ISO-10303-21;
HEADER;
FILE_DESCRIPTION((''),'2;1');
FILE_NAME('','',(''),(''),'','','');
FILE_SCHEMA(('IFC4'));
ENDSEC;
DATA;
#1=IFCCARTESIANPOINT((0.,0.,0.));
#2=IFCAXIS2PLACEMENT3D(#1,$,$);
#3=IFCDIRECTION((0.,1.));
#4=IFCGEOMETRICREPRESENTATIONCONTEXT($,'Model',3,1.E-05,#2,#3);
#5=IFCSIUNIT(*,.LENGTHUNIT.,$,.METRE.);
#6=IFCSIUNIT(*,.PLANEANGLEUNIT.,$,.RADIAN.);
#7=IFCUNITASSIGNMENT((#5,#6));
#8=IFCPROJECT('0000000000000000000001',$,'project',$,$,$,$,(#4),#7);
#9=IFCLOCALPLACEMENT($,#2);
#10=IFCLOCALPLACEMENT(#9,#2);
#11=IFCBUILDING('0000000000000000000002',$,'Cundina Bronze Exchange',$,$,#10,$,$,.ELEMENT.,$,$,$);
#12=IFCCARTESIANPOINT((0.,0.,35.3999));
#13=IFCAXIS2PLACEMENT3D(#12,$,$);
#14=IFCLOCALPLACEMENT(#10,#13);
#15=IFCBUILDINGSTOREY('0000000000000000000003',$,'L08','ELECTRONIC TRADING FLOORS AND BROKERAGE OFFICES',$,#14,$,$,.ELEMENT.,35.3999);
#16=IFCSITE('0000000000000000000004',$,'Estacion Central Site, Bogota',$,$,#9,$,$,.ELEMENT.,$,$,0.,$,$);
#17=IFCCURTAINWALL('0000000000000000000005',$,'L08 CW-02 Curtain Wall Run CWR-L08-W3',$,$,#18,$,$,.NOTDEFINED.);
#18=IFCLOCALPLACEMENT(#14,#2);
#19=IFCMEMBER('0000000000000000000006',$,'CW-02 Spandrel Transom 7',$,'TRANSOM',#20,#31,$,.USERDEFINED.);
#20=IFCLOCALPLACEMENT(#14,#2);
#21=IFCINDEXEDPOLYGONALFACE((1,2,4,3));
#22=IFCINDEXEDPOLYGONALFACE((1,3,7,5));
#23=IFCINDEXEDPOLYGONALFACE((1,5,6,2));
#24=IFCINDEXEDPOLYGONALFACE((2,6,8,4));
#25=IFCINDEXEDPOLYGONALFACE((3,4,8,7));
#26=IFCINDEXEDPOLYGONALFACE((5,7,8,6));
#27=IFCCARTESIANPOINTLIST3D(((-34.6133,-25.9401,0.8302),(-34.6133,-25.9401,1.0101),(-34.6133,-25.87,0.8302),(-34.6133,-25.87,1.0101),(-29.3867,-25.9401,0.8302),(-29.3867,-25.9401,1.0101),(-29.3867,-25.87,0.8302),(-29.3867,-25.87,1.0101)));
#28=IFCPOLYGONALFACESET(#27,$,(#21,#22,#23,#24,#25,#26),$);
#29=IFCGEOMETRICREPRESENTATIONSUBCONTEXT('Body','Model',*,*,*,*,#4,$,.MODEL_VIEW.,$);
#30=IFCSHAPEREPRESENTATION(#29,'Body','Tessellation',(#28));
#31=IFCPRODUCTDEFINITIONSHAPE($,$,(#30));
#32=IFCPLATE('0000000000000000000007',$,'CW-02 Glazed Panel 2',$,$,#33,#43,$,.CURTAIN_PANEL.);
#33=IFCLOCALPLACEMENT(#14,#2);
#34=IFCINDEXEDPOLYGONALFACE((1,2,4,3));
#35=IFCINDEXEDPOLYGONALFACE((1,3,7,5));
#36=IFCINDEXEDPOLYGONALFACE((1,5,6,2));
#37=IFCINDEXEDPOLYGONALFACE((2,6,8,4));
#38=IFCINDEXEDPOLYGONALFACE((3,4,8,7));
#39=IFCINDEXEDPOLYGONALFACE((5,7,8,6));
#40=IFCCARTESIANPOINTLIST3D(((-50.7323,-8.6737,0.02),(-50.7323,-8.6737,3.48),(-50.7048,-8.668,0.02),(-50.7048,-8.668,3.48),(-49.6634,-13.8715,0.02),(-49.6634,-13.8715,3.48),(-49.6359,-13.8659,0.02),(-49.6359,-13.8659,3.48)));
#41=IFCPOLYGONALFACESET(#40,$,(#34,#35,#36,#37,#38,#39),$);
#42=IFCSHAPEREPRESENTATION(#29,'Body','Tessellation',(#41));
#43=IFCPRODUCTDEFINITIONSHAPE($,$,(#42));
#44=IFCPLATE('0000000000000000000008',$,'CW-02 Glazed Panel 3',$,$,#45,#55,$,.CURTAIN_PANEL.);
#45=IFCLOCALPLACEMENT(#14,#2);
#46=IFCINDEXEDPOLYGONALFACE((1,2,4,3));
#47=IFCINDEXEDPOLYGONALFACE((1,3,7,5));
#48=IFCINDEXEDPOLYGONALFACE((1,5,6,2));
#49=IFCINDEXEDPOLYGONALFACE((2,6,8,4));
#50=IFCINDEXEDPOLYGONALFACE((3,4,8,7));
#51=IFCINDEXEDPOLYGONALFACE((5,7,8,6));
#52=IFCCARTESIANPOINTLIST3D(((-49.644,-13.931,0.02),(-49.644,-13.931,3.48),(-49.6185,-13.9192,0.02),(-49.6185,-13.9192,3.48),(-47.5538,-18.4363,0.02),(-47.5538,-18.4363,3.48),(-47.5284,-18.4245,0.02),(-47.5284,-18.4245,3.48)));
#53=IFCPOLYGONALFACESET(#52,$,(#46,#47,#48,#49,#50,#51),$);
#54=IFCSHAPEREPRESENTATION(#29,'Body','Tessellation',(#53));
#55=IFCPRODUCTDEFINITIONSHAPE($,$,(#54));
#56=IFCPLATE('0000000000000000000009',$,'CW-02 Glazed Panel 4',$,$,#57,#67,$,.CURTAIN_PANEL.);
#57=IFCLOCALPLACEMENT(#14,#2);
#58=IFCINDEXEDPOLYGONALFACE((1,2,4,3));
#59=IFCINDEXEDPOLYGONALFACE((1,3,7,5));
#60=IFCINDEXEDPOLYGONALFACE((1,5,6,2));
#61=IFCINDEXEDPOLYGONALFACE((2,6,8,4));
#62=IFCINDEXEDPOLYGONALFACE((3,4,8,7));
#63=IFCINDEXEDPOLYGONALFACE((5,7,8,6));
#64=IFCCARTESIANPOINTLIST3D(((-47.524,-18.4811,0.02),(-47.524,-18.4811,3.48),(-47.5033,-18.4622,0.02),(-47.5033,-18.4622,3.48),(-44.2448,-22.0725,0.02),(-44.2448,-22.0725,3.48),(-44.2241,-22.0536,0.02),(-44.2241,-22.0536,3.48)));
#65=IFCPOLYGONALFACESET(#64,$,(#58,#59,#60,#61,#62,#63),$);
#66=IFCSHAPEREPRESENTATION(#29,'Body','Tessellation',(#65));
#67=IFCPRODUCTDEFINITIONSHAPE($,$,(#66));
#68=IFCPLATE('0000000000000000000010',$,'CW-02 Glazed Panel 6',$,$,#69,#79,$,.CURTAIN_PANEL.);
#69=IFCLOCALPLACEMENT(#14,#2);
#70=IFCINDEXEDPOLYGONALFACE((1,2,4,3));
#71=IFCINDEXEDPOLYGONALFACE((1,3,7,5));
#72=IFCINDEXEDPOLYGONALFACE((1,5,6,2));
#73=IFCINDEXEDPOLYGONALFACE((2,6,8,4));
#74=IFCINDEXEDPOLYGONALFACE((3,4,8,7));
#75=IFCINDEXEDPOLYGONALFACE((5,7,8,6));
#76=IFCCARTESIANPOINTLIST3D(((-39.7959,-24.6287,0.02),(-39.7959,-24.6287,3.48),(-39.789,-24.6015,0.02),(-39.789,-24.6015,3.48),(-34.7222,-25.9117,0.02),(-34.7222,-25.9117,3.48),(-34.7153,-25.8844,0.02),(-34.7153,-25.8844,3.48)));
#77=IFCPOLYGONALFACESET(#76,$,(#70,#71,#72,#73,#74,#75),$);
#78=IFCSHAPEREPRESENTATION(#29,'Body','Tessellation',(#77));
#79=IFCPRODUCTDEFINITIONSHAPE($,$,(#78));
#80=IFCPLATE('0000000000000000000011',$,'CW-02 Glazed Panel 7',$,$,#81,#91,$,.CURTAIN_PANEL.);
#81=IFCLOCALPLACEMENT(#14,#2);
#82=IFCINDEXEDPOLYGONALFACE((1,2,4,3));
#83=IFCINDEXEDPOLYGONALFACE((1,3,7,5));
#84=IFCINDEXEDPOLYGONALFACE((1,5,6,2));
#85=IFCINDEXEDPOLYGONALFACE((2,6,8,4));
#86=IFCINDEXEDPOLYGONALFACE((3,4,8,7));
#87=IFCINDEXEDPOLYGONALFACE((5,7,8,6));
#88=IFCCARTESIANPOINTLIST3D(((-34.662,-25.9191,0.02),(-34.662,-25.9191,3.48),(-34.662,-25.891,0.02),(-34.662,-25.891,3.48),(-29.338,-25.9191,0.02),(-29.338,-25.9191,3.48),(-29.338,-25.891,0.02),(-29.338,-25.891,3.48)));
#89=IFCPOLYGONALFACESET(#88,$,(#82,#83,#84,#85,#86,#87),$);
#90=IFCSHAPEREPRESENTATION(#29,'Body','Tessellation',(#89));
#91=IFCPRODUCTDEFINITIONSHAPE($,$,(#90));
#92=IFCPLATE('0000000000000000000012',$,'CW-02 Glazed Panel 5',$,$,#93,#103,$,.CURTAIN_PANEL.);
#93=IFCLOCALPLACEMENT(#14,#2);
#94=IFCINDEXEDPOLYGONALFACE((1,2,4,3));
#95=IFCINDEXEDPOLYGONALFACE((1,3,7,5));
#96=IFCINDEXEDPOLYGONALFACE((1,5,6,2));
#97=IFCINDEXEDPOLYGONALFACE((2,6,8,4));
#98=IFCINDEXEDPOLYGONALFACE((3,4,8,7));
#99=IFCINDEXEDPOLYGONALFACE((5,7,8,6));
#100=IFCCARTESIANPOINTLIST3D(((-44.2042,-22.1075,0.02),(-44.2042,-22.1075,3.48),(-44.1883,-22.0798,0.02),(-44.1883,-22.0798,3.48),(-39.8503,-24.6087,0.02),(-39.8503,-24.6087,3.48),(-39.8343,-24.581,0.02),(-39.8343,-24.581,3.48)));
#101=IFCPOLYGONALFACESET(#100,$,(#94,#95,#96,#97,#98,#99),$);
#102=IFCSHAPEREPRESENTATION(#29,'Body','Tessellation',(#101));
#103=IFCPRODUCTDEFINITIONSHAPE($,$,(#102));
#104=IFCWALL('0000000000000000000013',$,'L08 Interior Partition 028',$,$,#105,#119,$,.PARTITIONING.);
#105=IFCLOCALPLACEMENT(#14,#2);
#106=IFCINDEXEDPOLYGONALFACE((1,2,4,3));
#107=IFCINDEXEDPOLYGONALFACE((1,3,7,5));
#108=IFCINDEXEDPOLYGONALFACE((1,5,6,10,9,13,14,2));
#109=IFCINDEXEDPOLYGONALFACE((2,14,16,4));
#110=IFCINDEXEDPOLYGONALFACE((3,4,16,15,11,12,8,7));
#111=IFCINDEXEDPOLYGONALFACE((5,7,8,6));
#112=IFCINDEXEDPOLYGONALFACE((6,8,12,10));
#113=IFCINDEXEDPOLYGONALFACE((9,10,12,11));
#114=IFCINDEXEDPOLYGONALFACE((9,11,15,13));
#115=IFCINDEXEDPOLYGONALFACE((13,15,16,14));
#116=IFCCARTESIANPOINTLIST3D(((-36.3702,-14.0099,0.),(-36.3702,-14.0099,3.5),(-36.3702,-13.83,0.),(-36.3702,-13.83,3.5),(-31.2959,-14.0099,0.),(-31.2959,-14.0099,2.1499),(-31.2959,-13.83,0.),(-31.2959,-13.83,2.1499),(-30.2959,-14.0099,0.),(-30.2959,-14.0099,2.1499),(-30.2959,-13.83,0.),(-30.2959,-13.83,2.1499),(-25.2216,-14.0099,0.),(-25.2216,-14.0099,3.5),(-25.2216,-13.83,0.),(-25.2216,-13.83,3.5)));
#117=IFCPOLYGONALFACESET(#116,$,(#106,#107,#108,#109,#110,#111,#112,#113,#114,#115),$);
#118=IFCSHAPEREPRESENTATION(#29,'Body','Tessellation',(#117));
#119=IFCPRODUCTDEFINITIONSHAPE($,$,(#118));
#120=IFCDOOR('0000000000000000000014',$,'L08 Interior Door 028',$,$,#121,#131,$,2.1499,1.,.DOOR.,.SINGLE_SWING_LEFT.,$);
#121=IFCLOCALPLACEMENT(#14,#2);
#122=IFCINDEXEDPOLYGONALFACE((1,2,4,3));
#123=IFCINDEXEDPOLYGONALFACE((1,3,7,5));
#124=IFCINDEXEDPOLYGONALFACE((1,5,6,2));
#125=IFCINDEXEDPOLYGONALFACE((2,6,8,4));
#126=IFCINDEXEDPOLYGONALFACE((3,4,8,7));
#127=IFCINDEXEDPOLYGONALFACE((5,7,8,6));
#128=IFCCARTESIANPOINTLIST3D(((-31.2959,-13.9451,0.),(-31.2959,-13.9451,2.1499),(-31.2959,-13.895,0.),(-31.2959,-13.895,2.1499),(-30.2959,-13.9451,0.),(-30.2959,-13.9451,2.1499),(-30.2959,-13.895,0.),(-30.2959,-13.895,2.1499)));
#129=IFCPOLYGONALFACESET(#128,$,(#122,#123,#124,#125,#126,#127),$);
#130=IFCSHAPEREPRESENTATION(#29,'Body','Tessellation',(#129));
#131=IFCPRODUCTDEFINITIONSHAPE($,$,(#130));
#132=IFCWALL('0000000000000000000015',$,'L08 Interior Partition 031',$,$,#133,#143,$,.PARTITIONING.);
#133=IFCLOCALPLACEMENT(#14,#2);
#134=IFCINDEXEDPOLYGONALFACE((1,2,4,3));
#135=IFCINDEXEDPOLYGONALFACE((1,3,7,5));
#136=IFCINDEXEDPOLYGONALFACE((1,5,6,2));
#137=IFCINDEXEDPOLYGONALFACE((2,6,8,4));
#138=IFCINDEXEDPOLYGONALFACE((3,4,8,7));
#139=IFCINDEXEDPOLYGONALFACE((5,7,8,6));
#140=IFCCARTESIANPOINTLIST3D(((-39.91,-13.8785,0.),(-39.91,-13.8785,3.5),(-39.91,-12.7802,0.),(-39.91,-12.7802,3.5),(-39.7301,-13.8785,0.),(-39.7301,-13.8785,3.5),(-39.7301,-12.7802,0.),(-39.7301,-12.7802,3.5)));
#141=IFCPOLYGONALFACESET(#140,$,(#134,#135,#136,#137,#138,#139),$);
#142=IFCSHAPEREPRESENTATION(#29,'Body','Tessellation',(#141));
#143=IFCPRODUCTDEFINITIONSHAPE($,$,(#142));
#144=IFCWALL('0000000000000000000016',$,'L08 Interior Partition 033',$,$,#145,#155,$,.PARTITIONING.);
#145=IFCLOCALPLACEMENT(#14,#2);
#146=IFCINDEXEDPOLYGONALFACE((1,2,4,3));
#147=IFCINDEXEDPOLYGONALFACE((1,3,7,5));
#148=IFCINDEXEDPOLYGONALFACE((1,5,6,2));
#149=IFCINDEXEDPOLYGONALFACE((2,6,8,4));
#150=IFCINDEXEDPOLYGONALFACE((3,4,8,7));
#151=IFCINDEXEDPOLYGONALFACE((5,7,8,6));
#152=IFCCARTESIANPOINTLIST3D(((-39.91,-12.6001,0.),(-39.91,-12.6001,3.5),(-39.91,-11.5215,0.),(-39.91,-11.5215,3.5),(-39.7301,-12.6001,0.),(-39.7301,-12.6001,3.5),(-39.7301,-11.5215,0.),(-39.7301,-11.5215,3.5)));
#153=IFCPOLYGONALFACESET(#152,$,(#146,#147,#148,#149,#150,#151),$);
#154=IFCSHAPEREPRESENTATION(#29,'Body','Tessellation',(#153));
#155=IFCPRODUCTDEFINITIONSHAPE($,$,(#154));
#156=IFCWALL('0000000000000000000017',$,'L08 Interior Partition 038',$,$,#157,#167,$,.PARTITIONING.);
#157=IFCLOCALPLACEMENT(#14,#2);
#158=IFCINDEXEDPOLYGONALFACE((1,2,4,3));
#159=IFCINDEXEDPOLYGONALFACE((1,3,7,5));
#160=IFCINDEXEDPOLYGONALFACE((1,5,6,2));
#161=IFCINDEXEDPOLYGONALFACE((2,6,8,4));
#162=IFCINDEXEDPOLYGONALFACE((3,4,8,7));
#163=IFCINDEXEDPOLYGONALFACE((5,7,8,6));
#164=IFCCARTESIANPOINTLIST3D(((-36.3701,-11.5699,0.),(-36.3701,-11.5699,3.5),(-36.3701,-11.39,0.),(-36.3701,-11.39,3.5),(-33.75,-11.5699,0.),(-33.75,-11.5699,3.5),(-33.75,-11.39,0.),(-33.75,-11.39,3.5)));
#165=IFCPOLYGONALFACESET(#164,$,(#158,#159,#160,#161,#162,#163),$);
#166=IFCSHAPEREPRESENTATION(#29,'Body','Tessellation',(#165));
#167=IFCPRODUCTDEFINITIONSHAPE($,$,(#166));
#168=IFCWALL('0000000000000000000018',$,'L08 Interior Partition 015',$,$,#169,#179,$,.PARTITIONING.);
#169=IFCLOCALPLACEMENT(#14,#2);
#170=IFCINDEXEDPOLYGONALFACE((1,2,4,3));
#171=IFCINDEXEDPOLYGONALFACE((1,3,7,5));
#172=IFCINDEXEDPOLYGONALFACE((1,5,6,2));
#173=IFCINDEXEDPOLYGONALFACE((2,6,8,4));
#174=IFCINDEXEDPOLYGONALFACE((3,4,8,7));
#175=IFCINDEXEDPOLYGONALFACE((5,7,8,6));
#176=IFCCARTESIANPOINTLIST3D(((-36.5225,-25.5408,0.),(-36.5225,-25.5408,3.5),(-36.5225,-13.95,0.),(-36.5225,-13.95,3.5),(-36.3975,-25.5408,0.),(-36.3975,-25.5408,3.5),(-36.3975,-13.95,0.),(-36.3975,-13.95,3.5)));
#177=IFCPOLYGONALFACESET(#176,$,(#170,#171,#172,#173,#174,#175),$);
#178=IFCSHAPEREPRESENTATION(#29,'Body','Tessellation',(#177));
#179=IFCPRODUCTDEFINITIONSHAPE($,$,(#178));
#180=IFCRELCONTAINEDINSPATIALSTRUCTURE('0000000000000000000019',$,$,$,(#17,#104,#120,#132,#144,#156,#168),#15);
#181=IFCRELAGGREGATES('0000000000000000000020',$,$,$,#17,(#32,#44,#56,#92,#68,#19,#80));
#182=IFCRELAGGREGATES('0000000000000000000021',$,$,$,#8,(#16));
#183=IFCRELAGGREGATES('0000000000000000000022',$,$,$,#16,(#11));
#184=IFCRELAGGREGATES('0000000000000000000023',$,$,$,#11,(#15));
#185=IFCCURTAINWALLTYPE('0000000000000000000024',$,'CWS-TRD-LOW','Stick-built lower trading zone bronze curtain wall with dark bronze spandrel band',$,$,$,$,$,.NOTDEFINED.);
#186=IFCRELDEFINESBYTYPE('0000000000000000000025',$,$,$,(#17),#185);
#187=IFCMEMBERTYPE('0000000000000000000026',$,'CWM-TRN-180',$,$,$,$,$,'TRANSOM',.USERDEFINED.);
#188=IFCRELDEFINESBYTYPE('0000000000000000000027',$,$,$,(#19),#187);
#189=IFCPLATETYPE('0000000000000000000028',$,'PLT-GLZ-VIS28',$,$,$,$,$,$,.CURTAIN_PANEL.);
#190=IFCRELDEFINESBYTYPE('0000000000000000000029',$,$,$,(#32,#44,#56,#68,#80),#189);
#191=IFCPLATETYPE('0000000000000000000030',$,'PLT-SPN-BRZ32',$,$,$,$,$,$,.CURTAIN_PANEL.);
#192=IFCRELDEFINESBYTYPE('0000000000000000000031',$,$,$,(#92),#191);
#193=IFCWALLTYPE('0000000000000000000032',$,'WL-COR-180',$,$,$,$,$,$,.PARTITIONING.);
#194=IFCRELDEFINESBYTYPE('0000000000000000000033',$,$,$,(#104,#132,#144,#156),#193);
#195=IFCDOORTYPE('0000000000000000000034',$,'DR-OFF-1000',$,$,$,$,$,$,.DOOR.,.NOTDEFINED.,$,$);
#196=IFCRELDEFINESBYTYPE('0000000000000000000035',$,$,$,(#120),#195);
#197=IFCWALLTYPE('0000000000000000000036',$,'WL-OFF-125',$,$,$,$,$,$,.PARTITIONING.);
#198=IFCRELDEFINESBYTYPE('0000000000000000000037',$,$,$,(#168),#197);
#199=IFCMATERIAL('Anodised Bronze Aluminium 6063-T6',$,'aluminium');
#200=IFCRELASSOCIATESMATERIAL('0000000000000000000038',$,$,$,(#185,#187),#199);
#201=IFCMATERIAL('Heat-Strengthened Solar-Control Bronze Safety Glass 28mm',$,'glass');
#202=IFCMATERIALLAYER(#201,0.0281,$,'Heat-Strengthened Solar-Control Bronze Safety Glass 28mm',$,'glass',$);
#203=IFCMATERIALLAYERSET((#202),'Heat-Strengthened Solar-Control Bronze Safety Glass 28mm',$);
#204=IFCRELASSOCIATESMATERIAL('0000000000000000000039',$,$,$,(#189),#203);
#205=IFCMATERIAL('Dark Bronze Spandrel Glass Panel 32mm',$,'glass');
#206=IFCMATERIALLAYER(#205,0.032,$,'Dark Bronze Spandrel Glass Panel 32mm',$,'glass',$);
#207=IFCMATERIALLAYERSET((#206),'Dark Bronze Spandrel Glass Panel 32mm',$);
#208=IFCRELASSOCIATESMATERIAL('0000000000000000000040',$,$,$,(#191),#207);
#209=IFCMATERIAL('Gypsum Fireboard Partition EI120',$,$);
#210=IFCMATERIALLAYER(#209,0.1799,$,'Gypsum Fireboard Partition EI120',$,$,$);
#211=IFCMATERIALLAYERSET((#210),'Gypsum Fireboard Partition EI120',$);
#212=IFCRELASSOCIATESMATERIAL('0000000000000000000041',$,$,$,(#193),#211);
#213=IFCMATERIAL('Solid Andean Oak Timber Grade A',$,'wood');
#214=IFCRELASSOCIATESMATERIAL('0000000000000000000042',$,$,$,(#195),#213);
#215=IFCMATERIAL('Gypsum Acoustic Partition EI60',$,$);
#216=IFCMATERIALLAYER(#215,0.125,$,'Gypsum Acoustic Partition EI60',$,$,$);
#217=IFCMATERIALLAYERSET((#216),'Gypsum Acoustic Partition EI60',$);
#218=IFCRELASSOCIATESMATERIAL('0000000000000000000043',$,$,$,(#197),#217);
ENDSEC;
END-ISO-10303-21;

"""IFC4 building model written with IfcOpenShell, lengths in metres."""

from ifc_helpers import new_model, si_unit, direction, frame, frame_2d, origin, origin_2d, place, context, subcontext, project, spatial, rectangle, extrude, material, layer, layer_set, material_profile, profile_set, type_object, element, fill, aggregate, save


model = new_model("IFC4")

# Units and contexts
model_context = context("Model", 3, precision=1e-05, world=origin(), true_north=direction((0.0, 1.0)))
body_context = subcontext(model_context, "Body", "Model", "MODEL_VIEW")
ifc_project = project(units=[si_unit("LENGTHUNIT", "METRE"), si_unit("PLANEANGLEUNIT", "RADIAN")], contexts=[model_context])

# Site, building, storey
site_placement = place(None, origin())
site = spatial("IfcSite", under=ifc_project, at=site_placement, Name="Estacion Central Site, Bogota", CompositionType="ELEMENT", RefElevation=0.0)
building_placement = place(site_placement, origin())
building = spatial("IfcBuilding", under=site, at=building_placement, Name="Cundina Bronze Exchange", CompositionType="ELEMENT")
storey_placement = place(building_placement, frame((0.0, 0.0, 35.3999)))
storey = spatial("IfcBuildingStorey", under=building, at=storey_placement, Name="L08", Description="ELECTRONIC TRADING FLOORS AND BROKERAGE OFFICES", CompositionType="ELEMENT", Elevation=35.3999)

# Curtain wall, member, plates
ifc_material_1 = material(Name="Anodised Bronze Aluminium 6063-T6", Category="aluminium")
curtain_wall_type = type_object("IfcCurtainWallType", Name="CWS-TRD-LOW", Description="Stick-built lower trading zone bronze curtain wall with dark bronze spandrel band", PredefinedType="NOTDEFINED", material=ifc_material_1)
curtain_wall_placement = place(storey_placement, origin())
curtain_wall = element("IfcCurtainWall", 1, at=curtain_wall_placement, inside=storey, type_object=curtain_wall_type, Name="L08 CW-02 Curtain Wall Run CWR-L08-W3", PredefinedType="NOTDEFINED")
ifc_material_profile_1 = material_profile(ifc_material_1, rectangle(XDim=0.0701, YDim=0.1799, at=origin_2d()), Name="AL70X180", Category="aluminium")
ifc_profile_set_1 = profile_set([ifc_material_profile_1], Name="Anodised Bronze Aluminium 6063-T6")
member_type_1 = type_object("IfcMemberType", Name="CWM-TRN-180", ElementType="TRANSOM", PredefinedType="USERDEFINED", material=ifc_profile_set_1)
member_1_placement = place(storey_placement, frame((-34.6133, -25.905, 0.9202), z_axis=(1.0, 0.0, 0.0), x_axis=(0.0, 1.0, 0.0)))
member_1 = element("IfcMember", 2, at=member_1_placement, type_object=member_type_1, Name="CW-02 Spandrel Transom 7", ObjectType="TRANSOM", PredefinedType="USERDEFINED", context=body_context, shape_type="SweptSolid", body=[
    extrude(rectangle(XDim=0.0701, YDim=0.1799, at=origin_2d()), origin(), (0.0, 0.0, 1.0), 5.2266),
])
ifc_material_2 = material(Name="Heat-Strengthened Solar-Control Bronze Safety Glass 28mm", Category="glass")
ifc_layer_1 = layer(ifc_material_2, 0.0281, Name="Heat-Strengthened Solar-Control Bronze Safety Glass 28mm", Category="glass")
ifc_layer_set_1 = layer_set([ifc_layer_1], Name="Heat-Strengthened Solar-Control Bronze Safety Glass 28mm")
plate_type_1 = type_object("IfcPlateType", Name="PLT-GLZ-VIS28", PredefinedType="CURTAIN_PANEL", material=ifc_layer_set_1)
plate_1_placement = place(storey_placement, frame((-50.1841, -11.2698, 0.02), z_axis=(0.0, 0.0, 1.0), x_axis=(0.20142, -0.979505, 0.0)))
plate_1 = element("IfcPlate", 3, at=plate_1_placement, type_object=plate_type_1, Name="CW-02 Glazed Panel 2", PredefinedType="CURTAIN_PANEL", context=body_context, shape_type="SweptSolid", body=[
    extrude(rectangle(XDim=5.3066, YDim=0.0281, at=origin_2d()), origin(), (0.0, 0.0, 1.0), 3.46),
])
plate_2_placement = place(storey_placement, frame((-48.5862, -16.1777, 0.02), z_axis=(0.0, 0.0, 1.0), x_axis=(0.420846, -0.907132, 0.0)))
plate_2 = element("IfcPlate", 4, at=plate_2_placement, type_object=plate_type_1, Name="CW-02 Glazed Panel 3", PredefinedType="CURTAIN_PANEL", context=body_context, shape_type="SweptSolid", body=[
    extrude(rectangle(XDim=4.9666, YDim=0.0281, at=origin_2d()), origin(), (0.0, 0.0, 1.0), 3.46),
])
plate_3_placement = place(storey_placement, frame((-45.874, -20.2673, 0.02), z_axis=(0.0, 0.0, 1.0), x_axis=(0.674277, -0.738479, 0.0)))
plate_3 = element("IfcPlate", 5, at=plate_3_placement, type_object=plate_type_1, Name="CW-02 Glazed Panel 4", PredefinedType="CURTAIN_PANEL", context=body_context, shape_type="SweptSolid", body=[
    extrude(rectangle(XDim=4.8633, YDim=0.0281, at=origin_2d()), origin(), (0.0, 0.0, 1.0), 3.46),
])
plate_4_placement = place(storey_placement, frame((-37.2556, -25.2566, 0.02), z_axis=(0.0, 0.0, 1.0), x_axis=(0.969488, -0.245138, 0.0)))
plate_4 = element("IfcPlate", 6, at=plate_4_placement, type_object=plate_type_1, Name="CW-02 Glazed Panel 6", PredefinedType="CURTAIN_PANEL", context=body_context, shape_type="SweptSolid", body=[
    extrude(rectangle(XDim=5.2334, YDim=0.0281, at=origin_2d()), origin(), (0.0, 0.0, 1.0), 3.46),
])
plate_5_placement = place(storey_placement, frame((-32.0, -25.905, 0.02), z_axis=(0.0, 0.0, 1.0), x_axis=(1.0, 0.0, 0.0)))
plate_5 = element("IfcPlate", 7, at=plate_5_placement, type_object=plate_type_1, Name="CW-02 Glazed Panel 7", PredefinedType="CURTAIN_PANEL", context=body_context, shape_type="SweptSolid", body=[
    extrude(rectangle(XDim=5.324, YDim=0.0281, at=origin_2d()), origin(), (0.0, 0.0, 1.0), 3.46),
])
ifc_material_3 = material(Name="Dark Bronze Spandrel Glass Panel 32mm", Category="glass")
ifc_layer_2 = layer(ifc_material_3, 0.032, Name="Dark Bronze Spandrel Glass Panel 32mm", Category="glass")
ifc_layer_set_2 = layer_set([ifc_layer_2], Name="Dark Bronze Spandrel Glass Panel 32mm")
plate_type_2 = type_object("IfcPlateType", Name="PLT-SPN-BRZ32", PredefinedType="CURTAIN_PANEL", material=ifc_layer_set_2)
plate_6_placement = place(storey_placement, frame((-42.0193, -23.3442, 0.02), z_axis=(0.0, 0.0, 1.0), x_axis=(0.867105, -0.498125, 0.0)))
plate_6 = element("IfcPlate", 8, at=plate_6_placement, type_object=plate_type_2, Name="CW-02 Glazed Panel 5", PredefinedType="CURTAIN_PANEL", context=body_context, shape_type="SweptSolid", body=[
    extrude(rectangle(XDim=5.0212, YDim=0.032, at=origin_2d()), origin(), (0.0, 0.0, 1.0), 3.46),
])
aggregate(curtain_wall, [plate_1, plate_2, plate_3, plate_6, plate_4, member_1, plate_5])

# Wall, opening, door
ifc_material_4 = material(Name="Gypsum Fireboard Partition EI120")
ifc_layer_3 = layer(ifc_material_4, 0.1799, Name="Gypsum Fireboard Partition EI120")
ifc_layer_set_3 = layer_set([ifc_layer_3], Name="Gypsum Fireboard Partition EI120")
wall_type_1 = type_object("IfcWallType", Name="WL-COR-180", PredefinedType="PARTITIONING", material=ifc_layer_set_3)
wall_1_placement = place(storey_placement, frame((-36.3701, -13.9199, 0.0), z_axis=(0.0, 0.0, 1.0), x_axis=(1.0, 0.0, 0.0)))
wall_1 = element("IfcWall", 9, at=wall_1_placement, inside=storey, type_object=wall_type_1, Name="L08 Interior Partition 028", PredefinedType="PARTITIONING", context=body_context, shape_type="SweptSolid", body=[
    extrude(rectangle(XDim=11.1487, YDim=0.1799, at=frame_2d((5.5742, 0.0))), origin(), (0.0, 0.0, 1.0), 3.5),
])
opening_1_placement = place(wall_1_placement, frame((5.0742, 0.0, 0.0)))
opening_1 = element("IfcOpeningElement", 10, at=opening_1_placement, cuts=wall_1, PredefinedType="OPENING", context=body_context, shape_type="SweptSolid", body=[
    extrude(rectangle(XDim=1.0, YDim=2.1499, at=frame_2d((0.5, 1.075))), frame((0.0, 0.0999, 0.0), z_axis=(0.0, -1.0, 0.0), x_axis=(1.0, 0.0, 0.0)), (0.0, 0.0, 1.0), 0.2),
])
ifc_material_5 = material(Name="Solid Andean Oak Timber Grade A", Category="wood")
door_type = type_object("IfcDoorType", Name="DR-OFF-1000", OperationType="NOTDEFINED", PredefinedType="DOOR", material=ifc_material_5)
door_1_placement = place(opening_1_placement, origin())
door_1 = element("IfcDoor", 11, at=door_1_placement, inside=storey, type_object=door_type, Name="L08 Interior Door 028", OperationType="SINGLE_SWING_LEFT", OverallHeight=2.1499, OverallWidth=1.0, PredefinedType="DOOR", context=body_context, shape_type="SweptSolid", body=[
    extrude(rectangle(XDim=1.0, YDim=2.1499, at=frame_2d((0.5, 1.075))), frame((0.0, 0.0249, 0.0), z_axis=(0.0, -1.0, 0.0), x_axis=(1.0, 0.0, 0.0)), (0.0, 0.0, 1.0), 0.05),
])
fill(opening_1, door_1)

# Wall
wall_2_placement = place(storey_placement, frame((-39.8201, -12.78, 0.0), z_axis=(0.0, 0.0, 1.0), x_axis=(0.0, -1.0, 0.0)))
element("IfcWall", 12, at=wall_2_placement, inside=storey, type_object=wall_type_1, Name="L08 Interior Partition 031", PredefinedType="PARTITIONING", context=body_context, shape_type="SweptSolid", body=[
    extrude(rectangle(XDim=1.0984, YDim=0.1799, at=frame_2d((0.5493, 0.0))), origin(), (0.0, 0.0, 1.0), 3.5),
])

# Walls
wall_3_placement = place(storey_placement, frame((-39.8201, -11.5215, 0.0), z_axis=(0.0, 0.0, 1.0), x_axis=(0.0, -1.0, 0.0)))
element("IfcWall", 13, at=wall_3_placement, inside=storey, type_object=wall_type_1, Name="L08 Interior Partition 033", PredefinedType="PARTITIONING", context=body_context, shape_type="SweptSolid", body=[
    extrude(rectangle(XDim=1.0786, YDim=0.1799, at=frame_2d((0.5393, 0.0))), origin(), (0.0, 0.0, 1.0), 3.5),
])
wall_4_placement = place(storey_placement, frame((-33.75, -11.48, 0.0), z_axis=(0.0, 0.0, 1.0), x_axis=(-1.0, 0.0, 0.0)))
element("IfcWall", 14, at=wall_4_placement, inside=storey, type_object=wall_type_1, Name="L08 Interior Partition 038", PredefinedType="PARTITIONING", context=body_context, shape_type="SweptSolid", body=[
    extrude(rectangle(XDim=2.6201, YDim=0.1799, at=frame_2d((1.3101, 0.0))), origin(), (0.0, 0.0, 1.0), 3.5),
])
ifc_material_6 = material(Name="Gypsum Acoustic Partition EI60")
ifc_layer_4 = layer(ifc_material_6, 0.125, Name="Gypsum Acoustic Partition EI60")
ifc_layer_set_4 = layer_set([ifc_layer_4], Name="Gypsum Acoustic Partition EI60")
wall_type_2 = type_object("IfcWallType", Name="WL-OFF-125", PredefinedType="PARTITIONING", material=ifc_layer_set_4)
wall_5_placement = place(storey_placement, frame((-36.46, -25.5408, 0.0), z_axis=(0.0, 0.0, 1.0), x_axis=(0.0, 1.0, 0.0)))
element("IfcWall", 15, at=wall_5_placement, inside=storey, type_object=wall_type_2, Name="L08 Interior Partition 015", PredefinedType="PARTITIONING", context=body_context, shape_type="SweptSolid", body=[
    extrude(rectangle(XDim=11.5908, YDim=0.125, at=frame_2d((5.7954, 0.0))), origin(), (0.0, 0.0, 1.0), 3.5),
])

save(model, "model.ifc")
